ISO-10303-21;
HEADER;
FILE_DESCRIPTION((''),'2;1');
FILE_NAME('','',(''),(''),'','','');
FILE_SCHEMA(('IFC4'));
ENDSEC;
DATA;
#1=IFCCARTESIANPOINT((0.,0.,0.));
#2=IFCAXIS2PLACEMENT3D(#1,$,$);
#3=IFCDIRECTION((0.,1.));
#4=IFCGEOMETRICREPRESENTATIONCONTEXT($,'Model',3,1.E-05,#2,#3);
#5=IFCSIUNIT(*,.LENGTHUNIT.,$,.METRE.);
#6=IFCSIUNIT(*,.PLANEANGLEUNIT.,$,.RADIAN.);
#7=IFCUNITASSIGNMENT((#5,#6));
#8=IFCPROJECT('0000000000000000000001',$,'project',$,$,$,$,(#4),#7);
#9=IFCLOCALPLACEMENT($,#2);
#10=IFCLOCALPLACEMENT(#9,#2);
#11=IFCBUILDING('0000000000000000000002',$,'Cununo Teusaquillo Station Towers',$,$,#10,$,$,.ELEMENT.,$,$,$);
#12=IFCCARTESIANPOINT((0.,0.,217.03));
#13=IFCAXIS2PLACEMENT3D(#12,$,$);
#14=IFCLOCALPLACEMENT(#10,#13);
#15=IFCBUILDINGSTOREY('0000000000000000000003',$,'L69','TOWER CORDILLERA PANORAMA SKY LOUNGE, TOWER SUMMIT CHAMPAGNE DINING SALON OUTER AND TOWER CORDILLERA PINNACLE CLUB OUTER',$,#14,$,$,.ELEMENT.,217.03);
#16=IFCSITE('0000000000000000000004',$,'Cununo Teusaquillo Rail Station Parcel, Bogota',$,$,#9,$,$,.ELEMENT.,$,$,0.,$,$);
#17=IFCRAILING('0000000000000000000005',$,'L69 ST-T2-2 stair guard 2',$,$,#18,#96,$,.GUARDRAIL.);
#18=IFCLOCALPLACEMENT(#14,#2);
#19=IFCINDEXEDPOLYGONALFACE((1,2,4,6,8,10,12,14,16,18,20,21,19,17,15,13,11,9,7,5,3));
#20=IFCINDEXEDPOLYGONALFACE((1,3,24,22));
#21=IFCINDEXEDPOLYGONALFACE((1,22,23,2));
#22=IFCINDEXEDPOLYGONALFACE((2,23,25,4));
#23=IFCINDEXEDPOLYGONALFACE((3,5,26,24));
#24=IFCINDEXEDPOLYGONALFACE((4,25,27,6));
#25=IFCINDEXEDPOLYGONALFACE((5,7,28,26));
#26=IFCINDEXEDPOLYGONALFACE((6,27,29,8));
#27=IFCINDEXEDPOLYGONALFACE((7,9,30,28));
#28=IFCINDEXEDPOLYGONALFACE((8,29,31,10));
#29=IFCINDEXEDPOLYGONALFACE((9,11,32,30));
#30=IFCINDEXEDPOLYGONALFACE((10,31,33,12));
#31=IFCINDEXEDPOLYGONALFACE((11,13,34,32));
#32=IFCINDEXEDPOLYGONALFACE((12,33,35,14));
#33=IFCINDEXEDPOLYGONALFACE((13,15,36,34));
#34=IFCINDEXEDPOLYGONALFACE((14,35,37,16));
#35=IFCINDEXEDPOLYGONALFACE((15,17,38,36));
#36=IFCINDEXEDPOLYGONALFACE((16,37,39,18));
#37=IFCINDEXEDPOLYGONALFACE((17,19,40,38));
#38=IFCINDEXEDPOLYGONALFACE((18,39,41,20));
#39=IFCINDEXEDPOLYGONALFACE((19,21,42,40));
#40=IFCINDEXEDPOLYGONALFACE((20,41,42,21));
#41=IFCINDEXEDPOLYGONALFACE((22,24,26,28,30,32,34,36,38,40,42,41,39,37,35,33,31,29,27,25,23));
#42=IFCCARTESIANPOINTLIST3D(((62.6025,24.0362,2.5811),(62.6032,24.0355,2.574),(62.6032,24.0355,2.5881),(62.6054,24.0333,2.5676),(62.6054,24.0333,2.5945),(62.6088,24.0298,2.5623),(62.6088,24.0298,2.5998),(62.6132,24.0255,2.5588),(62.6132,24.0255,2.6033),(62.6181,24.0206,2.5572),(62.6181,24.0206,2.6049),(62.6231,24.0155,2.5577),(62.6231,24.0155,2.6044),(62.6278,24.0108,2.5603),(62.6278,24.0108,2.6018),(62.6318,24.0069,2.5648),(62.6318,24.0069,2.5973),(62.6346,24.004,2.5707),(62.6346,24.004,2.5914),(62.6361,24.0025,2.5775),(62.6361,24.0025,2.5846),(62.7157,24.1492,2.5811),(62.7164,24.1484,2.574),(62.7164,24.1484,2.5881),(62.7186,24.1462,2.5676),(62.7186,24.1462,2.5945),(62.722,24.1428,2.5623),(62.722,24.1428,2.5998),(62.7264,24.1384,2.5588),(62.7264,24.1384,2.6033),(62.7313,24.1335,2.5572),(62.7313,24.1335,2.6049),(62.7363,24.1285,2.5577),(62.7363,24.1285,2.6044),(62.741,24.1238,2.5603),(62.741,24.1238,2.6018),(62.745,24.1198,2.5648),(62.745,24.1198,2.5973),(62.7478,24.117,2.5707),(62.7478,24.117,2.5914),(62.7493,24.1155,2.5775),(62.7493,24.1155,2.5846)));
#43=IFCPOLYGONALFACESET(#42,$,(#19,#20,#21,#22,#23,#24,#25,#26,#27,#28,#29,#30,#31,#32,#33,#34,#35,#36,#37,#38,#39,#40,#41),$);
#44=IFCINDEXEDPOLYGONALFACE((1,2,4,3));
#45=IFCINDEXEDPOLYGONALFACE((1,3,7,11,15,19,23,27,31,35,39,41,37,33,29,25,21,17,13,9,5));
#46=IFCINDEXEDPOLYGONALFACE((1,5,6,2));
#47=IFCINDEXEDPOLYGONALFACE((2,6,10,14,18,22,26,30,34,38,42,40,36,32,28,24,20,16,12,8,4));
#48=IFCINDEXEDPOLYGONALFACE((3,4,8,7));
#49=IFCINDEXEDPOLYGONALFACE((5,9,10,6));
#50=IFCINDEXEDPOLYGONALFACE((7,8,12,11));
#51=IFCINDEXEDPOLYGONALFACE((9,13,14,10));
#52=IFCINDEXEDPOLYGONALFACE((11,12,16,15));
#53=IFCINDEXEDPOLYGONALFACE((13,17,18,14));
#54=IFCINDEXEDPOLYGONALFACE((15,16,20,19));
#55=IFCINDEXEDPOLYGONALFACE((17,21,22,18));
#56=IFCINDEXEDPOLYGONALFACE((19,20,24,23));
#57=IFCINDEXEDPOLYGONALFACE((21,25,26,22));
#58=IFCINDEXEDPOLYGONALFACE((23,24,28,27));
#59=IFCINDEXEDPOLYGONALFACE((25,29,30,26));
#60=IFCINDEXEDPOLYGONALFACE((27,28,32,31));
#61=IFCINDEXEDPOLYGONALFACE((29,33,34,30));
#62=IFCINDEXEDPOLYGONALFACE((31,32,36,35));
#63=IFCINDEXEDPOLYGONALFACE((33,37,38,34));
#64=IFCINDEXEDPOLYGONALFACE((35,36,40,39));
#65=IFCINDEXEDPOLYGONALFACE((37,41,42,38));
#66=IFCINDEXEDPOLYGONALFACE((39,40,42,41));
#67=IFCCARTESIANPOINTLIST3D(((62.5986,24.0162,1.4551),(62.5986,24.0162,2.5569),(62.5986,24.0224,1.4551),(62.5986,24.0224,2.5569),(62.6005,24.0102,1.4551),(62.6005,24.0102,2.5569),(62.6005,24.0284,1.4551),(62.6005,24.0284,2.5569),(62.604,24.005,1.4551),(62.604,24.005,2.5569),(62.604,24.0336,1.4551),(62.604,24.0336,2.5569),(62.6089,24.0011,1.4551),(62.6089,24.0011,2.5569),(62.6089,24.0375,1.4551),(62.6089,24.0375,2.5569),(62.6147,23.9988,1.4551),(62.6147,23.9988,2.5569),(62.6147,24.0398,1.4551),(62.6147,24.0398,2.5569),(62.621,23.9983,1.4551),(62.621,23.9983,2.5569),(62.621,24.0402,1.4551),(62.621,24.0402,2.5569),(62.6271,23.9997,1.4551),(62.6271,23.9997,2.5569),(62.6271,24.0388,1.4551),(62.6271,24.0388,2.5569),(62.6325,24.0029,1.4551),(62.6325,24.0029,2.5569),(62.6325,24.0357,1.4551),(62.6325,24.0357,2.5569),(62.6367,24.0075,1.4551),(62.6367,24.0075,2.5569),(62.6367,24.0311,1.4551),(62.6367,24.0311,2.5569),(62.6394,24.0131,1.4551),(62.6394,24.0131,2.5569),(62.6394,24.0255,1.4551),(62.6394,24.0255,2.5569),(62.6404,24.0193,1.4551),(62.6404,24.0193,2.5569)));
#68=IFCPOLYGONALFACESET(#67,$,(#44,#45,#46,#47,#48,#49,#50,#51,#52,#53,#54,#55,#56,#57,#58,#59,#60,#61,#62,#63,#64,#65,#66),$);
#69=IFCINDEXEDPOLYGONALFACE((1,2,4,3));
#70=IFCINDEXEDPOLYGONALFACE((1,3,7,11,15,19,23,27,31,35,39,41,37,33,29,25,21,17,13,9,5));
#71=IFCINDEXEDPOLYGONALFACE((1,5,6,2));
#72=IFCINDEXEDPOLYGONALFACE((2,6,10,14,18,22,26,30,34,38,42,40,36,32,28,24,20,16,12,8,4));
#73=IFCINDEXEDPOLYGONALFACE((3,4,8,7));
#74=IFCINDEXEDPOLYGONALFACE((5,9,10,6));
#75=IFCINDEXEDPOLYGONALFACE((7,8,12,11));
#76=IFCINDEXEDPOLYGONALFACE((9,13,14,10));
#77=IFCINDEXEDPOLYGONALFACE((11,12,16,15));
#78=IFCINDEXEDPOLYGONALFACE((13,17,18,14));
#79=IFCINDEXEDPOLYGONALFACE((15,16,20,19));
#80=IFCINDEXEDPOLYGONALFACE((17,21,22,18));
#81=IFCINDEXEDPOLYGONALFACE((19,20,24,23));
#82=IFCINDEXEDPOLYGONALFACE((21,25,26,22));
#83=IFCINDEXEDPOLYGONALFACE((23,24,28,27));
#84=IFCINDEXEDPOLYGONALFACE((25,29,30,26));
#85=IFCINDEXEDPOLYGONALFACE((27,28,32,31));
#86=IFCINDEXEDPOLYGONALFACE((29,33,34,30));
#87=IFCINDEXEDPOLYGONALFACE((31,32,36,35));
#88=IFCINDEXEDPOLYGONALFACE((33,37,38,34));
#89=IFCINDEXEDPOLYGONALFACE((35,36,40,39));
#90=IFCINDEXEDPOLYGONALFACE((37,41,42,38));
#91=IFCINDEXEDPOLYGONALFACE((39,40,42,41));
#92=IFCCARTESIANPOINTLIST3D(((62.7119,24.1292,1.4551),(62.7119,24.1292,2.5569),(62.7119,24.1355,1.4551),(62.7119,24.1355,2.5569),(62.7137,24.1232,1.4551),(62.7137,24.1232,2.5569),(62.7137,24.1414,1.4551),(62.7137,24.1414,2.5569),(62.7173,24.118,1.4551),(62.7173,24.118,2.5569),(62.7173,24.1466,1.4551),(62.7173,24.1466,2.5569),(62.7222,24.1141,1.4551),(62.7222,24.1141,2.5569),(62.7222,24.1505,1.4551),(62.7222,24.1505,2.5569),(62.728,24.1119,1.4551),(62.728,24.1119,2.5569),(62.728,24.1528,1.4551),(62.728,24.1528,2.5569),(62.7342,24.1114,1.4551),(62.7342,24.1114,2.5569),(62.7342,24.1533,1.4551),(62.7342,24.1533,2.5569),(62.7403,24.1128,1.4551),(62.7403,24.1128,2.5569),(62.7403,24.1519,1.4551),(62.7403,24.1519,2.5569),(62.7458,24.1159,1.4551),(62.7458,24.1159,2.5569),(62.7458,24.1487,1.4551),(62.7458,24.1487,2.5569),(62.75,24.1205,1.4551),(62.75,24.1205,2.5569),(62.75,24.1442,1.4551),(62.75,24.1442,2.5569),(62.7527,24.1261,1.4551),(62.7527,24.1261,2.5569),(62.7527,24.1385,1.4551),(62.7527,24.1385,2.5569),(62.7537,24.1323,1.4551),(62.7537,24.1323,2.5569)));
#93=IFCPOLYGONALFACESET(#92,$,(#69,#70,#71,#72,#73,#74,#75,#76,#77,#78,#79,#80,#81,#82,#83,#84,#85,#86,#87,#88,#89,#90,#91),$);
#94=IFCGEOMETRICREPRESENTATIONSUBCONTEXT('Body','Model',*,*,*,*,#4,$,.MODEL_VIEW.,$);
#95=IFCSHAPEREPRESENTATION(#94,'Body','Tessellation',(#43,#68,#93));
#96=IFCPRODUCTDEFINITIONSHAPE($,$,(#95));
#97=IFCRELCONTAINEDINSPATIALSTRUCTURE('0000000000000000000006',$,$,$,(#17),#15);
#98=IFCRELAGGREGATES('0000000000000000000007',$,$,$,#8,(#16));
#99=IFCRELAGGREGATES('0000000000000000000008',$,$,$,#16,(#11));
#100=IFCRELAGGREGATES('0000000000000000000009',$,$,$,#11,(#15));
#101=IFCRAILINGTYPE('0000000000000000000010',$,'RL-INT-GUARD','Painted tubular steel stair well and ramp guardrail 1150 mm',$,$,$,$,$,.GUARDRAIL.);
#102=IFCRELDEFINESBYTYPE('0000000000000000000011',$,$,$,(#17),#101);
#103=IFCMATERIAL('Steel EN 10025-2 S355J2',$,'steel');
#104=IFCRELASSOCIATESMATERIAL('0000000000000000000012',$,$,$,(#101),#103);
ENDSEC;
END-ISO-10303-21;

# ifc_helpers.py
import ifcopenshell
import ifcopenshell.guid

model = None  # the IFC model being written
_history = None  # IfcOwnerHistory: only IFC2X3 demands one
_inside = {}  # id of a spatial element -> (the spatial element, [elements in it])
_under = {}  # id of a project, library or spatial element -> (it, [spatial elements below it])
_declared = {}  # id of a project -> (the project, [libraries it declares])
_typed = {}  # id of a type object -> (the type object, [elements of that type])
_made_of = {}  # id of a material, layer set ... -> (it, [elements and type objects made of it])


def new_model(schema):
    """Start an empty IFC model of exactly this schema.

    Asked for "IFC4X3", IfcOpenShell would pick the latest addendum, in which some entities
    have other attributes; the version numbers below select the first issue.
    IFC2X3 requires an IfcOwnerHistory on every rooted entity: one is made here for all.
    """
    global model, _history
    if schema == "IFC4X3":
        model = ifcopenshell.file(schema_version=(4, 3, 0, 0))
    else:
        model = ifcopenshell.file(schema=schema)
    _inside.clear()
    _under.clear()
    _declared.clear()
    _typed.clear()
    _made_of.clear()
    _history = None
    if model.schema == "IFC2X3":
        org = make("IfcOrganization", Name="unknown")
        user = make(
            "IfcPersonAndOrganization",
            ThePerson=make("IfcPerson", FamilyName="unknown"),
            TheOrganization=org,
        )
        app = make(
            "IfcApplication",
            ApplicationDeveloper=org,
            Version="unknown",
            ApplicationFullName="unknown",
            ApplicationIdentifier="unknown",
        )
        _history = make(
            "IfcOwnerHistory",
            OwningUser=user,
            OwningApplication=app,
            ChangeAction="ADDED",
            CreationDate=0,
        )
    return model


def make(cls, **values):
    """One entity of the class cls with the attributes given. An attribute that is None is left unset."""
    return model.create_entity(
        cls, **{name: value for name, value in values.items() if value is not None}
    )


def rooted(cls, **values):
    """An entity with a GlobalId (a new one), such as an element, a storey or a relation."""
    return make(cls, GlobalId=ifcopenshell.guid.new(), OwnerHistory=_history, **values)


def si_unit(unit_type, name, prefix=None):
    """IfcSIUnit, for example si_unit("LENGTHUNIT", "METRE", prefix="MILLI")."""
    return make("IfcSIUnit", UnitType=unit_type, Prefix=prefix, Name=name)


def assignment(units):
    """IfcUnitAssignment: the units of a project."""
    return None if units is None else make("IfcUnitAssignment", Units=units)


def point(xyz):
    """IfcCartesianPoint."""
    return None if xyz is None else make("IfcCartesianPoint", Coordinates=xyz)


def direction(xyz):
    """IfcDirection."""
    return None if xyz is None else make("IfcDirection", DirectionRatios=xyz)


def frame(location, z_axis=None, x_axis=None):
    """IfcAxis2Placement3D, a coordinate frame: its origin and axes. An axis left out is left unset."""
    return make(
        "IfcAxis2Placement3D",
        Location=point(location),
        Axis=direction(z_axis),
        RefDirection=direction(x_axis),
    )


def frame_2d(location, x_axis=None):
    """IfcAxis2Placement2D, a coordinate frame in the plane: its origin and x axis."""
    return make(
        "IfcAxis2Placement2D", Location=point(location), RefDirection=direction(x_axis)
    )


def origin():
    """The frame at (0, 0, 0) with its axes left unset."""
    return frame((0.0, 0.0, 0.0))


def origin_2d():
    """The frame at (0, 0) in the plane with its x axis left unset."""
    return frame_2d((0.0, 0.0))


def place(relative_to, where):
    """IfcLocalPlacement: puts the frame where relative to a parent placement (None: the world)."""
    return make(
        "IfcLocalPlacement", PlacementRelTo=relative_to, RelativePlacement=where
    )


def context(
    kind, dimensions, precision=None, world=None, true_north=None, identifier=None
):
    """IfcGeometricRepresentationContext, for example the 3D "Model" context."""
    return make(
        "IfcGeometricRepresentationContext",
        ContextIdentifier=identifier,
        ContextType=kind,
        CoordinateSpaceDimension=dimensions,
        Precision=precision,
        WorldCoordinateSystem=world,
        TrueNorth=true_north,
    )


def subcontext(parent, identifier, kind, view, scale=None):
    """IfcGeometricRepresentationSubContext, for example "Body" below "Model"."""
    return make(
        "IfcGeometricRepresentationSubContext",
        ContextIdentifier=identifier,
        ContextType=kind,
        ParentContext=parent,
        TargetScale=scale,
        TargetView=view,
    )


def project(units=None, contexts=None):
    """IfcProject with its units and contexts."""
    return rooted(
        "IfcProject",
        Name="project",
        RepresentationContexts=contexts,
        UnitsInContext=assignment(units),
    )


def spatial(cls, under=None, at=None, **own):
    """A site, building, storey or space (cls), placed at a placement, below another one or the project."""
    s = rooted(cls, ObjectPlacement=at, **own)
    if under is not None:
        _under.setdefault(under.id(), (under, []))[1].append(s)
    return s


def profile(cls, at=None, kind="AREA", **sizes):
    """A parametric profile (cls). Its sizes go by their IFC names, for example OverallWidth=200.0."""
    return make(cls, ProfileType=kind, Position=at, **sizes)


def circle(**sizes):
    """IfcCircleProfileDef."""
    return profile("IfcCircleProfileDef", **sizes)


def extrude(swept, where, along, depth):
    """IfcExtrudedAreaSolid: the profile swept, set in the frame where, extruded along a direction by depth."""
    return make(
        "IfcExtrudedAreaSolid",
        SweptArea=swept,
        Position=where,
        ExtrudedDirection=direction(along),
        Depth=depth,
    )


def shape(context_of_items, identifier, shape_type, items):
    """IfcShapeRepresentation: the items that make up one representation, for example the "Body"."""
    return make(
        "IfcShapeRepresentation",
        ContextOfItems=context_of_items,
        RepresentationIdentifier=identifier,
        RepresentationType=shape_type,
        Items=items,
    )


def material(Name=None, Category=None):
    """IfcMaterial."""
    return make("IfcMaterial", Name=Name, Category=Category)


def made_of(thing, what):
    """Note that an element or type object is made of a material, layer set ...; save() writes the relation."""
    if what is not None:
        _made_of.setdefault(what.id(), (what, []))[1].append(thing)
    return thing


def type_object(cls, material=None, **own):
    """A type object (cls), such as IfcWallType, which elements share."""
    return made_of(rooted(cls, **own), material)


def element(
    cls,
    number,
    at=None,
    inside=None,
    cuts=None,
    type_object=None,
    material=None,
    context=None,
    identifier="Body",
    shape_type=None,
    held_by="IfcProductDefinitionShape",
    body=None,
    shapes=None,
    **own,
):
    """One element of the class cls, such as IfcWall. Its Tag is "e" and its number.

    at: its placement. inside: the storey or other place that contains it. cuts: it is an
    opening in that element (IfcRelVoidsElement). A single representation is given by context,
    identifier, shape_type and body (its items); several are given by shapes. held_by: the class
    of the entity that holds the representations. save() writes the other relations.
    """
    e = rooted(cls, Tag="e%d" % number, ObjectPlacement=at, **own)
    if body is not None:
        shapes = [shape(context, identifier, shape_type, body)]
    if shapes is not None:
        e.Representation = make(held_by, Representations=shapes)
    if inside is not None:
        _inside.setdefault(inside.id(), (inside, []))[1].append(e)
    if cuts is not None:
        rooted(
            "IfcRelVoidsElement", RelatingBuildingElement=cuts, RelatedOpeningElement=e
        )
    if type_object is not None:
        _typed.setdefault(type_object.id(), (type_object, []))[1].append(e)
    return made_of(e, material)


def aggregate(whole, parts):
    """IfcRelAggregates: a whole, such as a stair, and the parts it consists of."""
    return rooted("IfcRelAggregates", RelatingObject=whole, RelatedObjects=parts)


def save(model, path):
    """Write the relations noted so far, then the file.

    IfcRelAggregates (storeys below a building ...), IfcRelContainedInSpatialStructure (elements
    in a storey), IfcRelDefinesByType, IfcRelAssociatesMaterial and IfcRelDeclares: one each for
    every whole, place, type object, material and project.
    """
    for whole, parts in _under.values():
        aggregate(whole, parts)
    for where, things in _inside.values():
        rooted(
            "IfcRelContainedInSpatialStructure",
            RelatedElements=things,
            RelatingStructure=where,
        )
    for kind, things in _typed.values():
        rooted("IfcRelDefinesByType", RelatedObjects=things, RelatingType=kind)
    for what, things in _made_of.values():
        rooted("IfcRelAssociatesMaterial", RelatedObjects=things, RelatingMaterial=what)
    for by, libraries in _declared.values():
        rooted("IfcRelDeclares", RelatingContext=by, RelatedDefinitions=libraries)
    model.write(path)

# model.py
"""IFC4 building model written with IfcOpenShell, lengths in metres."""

from ifc_helpers import new_model, si_unit, direction, frame, origin, origin_2d, place, context, subcontext, project, spatial, circle, extrude, material, type_object, element, save


model = new_model("IFC4")

# Units and contexts
model_context = context("Model", 3, precision=1e-05, world=origin(), true_north=direction((0.0, 1.0)))
body_context = subcontext(model_context, "Body", "Model", "MODEL_VIEW")
ifc_project = project(units=[si_unit("LENGTHUNIT", "METRE"), si_unit("PLANEANGLEUNIT", "RADIAN")], contexts=[model_context])

# Site, building, storey
site_placement = place(None, origin())
site = spatial("IfcSite", under=ifc_project, at=site_placement, Name="Cununo Teusaquillo Rail Station Parcel, Bogota", CompositionType="ELEMENT", RefElevation=0.0)
building_placement = place(site_placement, origin())
building = spatial("IfcBuilding", under=site, at=building_placement, Name="Cununo Teusaquillo Station Towers", CompositionType="ELEMENT")
storey_placement = place(building_placement, frame((0.0, 0.0, 217.03)))
storey = spatial("IfcBuildingStorey", under=building, at=storey_placement, Name="L69", Description="TOWER CORDILLERA PANORAMA SKY LOUNGE, TOWER SUMMIT CHAMPAGNE DINING SALON OUTER AND TOWER CORDILLERA PINNACLE CLUB OUTER", CompositionType="ELEMENT", Elevation=217.03)

# Railing
ifc_material_1 = material(Name="Steel EN 10025-2 S355J2", Category="steel")
railing_type_1 = type_object("IfcRailingType", Name="RL-INT-GUARD", Description="Painted tubular steel stair well and ramp guardrail 1150 mm", PredefinedType="GUARDRAIL", material=ifc_material_1)
railing_1_placement = place(storey_placement, frame((62.6194, 24.0193, 1.4551)))
element("IfcRailing", 1, at=railing_1_placement, inside=storey, type_object=railing_type_1, Name="L69 ST-T2-2 stair guard 2", PredefinedType="GUARDRAIL", context=body_context, shape_type="SweptSolid", body=[
    extrude(circle(Radius=0.0239, at=origin_2d()), frame((0.0, 0.0, 1.126), z_axis=(0.707869, 0.706344, 0.0), x_axis=(-0.706344, 0.707869, 0.0)), (0.0, 0.0, 1.0), 0.1599),
    extrude(circle(Radius=0.021, at=origin_2d()), origin(), (0.0, 0.0, 1.0), 1.1018),
    extrude(circle(Radius=0.021, at=origin_2d()), frame((0.1133, 0.113, 0.0)), (0.0, 0.0, 1.0), 1.1018),
])

save(model, "model.ifc")
